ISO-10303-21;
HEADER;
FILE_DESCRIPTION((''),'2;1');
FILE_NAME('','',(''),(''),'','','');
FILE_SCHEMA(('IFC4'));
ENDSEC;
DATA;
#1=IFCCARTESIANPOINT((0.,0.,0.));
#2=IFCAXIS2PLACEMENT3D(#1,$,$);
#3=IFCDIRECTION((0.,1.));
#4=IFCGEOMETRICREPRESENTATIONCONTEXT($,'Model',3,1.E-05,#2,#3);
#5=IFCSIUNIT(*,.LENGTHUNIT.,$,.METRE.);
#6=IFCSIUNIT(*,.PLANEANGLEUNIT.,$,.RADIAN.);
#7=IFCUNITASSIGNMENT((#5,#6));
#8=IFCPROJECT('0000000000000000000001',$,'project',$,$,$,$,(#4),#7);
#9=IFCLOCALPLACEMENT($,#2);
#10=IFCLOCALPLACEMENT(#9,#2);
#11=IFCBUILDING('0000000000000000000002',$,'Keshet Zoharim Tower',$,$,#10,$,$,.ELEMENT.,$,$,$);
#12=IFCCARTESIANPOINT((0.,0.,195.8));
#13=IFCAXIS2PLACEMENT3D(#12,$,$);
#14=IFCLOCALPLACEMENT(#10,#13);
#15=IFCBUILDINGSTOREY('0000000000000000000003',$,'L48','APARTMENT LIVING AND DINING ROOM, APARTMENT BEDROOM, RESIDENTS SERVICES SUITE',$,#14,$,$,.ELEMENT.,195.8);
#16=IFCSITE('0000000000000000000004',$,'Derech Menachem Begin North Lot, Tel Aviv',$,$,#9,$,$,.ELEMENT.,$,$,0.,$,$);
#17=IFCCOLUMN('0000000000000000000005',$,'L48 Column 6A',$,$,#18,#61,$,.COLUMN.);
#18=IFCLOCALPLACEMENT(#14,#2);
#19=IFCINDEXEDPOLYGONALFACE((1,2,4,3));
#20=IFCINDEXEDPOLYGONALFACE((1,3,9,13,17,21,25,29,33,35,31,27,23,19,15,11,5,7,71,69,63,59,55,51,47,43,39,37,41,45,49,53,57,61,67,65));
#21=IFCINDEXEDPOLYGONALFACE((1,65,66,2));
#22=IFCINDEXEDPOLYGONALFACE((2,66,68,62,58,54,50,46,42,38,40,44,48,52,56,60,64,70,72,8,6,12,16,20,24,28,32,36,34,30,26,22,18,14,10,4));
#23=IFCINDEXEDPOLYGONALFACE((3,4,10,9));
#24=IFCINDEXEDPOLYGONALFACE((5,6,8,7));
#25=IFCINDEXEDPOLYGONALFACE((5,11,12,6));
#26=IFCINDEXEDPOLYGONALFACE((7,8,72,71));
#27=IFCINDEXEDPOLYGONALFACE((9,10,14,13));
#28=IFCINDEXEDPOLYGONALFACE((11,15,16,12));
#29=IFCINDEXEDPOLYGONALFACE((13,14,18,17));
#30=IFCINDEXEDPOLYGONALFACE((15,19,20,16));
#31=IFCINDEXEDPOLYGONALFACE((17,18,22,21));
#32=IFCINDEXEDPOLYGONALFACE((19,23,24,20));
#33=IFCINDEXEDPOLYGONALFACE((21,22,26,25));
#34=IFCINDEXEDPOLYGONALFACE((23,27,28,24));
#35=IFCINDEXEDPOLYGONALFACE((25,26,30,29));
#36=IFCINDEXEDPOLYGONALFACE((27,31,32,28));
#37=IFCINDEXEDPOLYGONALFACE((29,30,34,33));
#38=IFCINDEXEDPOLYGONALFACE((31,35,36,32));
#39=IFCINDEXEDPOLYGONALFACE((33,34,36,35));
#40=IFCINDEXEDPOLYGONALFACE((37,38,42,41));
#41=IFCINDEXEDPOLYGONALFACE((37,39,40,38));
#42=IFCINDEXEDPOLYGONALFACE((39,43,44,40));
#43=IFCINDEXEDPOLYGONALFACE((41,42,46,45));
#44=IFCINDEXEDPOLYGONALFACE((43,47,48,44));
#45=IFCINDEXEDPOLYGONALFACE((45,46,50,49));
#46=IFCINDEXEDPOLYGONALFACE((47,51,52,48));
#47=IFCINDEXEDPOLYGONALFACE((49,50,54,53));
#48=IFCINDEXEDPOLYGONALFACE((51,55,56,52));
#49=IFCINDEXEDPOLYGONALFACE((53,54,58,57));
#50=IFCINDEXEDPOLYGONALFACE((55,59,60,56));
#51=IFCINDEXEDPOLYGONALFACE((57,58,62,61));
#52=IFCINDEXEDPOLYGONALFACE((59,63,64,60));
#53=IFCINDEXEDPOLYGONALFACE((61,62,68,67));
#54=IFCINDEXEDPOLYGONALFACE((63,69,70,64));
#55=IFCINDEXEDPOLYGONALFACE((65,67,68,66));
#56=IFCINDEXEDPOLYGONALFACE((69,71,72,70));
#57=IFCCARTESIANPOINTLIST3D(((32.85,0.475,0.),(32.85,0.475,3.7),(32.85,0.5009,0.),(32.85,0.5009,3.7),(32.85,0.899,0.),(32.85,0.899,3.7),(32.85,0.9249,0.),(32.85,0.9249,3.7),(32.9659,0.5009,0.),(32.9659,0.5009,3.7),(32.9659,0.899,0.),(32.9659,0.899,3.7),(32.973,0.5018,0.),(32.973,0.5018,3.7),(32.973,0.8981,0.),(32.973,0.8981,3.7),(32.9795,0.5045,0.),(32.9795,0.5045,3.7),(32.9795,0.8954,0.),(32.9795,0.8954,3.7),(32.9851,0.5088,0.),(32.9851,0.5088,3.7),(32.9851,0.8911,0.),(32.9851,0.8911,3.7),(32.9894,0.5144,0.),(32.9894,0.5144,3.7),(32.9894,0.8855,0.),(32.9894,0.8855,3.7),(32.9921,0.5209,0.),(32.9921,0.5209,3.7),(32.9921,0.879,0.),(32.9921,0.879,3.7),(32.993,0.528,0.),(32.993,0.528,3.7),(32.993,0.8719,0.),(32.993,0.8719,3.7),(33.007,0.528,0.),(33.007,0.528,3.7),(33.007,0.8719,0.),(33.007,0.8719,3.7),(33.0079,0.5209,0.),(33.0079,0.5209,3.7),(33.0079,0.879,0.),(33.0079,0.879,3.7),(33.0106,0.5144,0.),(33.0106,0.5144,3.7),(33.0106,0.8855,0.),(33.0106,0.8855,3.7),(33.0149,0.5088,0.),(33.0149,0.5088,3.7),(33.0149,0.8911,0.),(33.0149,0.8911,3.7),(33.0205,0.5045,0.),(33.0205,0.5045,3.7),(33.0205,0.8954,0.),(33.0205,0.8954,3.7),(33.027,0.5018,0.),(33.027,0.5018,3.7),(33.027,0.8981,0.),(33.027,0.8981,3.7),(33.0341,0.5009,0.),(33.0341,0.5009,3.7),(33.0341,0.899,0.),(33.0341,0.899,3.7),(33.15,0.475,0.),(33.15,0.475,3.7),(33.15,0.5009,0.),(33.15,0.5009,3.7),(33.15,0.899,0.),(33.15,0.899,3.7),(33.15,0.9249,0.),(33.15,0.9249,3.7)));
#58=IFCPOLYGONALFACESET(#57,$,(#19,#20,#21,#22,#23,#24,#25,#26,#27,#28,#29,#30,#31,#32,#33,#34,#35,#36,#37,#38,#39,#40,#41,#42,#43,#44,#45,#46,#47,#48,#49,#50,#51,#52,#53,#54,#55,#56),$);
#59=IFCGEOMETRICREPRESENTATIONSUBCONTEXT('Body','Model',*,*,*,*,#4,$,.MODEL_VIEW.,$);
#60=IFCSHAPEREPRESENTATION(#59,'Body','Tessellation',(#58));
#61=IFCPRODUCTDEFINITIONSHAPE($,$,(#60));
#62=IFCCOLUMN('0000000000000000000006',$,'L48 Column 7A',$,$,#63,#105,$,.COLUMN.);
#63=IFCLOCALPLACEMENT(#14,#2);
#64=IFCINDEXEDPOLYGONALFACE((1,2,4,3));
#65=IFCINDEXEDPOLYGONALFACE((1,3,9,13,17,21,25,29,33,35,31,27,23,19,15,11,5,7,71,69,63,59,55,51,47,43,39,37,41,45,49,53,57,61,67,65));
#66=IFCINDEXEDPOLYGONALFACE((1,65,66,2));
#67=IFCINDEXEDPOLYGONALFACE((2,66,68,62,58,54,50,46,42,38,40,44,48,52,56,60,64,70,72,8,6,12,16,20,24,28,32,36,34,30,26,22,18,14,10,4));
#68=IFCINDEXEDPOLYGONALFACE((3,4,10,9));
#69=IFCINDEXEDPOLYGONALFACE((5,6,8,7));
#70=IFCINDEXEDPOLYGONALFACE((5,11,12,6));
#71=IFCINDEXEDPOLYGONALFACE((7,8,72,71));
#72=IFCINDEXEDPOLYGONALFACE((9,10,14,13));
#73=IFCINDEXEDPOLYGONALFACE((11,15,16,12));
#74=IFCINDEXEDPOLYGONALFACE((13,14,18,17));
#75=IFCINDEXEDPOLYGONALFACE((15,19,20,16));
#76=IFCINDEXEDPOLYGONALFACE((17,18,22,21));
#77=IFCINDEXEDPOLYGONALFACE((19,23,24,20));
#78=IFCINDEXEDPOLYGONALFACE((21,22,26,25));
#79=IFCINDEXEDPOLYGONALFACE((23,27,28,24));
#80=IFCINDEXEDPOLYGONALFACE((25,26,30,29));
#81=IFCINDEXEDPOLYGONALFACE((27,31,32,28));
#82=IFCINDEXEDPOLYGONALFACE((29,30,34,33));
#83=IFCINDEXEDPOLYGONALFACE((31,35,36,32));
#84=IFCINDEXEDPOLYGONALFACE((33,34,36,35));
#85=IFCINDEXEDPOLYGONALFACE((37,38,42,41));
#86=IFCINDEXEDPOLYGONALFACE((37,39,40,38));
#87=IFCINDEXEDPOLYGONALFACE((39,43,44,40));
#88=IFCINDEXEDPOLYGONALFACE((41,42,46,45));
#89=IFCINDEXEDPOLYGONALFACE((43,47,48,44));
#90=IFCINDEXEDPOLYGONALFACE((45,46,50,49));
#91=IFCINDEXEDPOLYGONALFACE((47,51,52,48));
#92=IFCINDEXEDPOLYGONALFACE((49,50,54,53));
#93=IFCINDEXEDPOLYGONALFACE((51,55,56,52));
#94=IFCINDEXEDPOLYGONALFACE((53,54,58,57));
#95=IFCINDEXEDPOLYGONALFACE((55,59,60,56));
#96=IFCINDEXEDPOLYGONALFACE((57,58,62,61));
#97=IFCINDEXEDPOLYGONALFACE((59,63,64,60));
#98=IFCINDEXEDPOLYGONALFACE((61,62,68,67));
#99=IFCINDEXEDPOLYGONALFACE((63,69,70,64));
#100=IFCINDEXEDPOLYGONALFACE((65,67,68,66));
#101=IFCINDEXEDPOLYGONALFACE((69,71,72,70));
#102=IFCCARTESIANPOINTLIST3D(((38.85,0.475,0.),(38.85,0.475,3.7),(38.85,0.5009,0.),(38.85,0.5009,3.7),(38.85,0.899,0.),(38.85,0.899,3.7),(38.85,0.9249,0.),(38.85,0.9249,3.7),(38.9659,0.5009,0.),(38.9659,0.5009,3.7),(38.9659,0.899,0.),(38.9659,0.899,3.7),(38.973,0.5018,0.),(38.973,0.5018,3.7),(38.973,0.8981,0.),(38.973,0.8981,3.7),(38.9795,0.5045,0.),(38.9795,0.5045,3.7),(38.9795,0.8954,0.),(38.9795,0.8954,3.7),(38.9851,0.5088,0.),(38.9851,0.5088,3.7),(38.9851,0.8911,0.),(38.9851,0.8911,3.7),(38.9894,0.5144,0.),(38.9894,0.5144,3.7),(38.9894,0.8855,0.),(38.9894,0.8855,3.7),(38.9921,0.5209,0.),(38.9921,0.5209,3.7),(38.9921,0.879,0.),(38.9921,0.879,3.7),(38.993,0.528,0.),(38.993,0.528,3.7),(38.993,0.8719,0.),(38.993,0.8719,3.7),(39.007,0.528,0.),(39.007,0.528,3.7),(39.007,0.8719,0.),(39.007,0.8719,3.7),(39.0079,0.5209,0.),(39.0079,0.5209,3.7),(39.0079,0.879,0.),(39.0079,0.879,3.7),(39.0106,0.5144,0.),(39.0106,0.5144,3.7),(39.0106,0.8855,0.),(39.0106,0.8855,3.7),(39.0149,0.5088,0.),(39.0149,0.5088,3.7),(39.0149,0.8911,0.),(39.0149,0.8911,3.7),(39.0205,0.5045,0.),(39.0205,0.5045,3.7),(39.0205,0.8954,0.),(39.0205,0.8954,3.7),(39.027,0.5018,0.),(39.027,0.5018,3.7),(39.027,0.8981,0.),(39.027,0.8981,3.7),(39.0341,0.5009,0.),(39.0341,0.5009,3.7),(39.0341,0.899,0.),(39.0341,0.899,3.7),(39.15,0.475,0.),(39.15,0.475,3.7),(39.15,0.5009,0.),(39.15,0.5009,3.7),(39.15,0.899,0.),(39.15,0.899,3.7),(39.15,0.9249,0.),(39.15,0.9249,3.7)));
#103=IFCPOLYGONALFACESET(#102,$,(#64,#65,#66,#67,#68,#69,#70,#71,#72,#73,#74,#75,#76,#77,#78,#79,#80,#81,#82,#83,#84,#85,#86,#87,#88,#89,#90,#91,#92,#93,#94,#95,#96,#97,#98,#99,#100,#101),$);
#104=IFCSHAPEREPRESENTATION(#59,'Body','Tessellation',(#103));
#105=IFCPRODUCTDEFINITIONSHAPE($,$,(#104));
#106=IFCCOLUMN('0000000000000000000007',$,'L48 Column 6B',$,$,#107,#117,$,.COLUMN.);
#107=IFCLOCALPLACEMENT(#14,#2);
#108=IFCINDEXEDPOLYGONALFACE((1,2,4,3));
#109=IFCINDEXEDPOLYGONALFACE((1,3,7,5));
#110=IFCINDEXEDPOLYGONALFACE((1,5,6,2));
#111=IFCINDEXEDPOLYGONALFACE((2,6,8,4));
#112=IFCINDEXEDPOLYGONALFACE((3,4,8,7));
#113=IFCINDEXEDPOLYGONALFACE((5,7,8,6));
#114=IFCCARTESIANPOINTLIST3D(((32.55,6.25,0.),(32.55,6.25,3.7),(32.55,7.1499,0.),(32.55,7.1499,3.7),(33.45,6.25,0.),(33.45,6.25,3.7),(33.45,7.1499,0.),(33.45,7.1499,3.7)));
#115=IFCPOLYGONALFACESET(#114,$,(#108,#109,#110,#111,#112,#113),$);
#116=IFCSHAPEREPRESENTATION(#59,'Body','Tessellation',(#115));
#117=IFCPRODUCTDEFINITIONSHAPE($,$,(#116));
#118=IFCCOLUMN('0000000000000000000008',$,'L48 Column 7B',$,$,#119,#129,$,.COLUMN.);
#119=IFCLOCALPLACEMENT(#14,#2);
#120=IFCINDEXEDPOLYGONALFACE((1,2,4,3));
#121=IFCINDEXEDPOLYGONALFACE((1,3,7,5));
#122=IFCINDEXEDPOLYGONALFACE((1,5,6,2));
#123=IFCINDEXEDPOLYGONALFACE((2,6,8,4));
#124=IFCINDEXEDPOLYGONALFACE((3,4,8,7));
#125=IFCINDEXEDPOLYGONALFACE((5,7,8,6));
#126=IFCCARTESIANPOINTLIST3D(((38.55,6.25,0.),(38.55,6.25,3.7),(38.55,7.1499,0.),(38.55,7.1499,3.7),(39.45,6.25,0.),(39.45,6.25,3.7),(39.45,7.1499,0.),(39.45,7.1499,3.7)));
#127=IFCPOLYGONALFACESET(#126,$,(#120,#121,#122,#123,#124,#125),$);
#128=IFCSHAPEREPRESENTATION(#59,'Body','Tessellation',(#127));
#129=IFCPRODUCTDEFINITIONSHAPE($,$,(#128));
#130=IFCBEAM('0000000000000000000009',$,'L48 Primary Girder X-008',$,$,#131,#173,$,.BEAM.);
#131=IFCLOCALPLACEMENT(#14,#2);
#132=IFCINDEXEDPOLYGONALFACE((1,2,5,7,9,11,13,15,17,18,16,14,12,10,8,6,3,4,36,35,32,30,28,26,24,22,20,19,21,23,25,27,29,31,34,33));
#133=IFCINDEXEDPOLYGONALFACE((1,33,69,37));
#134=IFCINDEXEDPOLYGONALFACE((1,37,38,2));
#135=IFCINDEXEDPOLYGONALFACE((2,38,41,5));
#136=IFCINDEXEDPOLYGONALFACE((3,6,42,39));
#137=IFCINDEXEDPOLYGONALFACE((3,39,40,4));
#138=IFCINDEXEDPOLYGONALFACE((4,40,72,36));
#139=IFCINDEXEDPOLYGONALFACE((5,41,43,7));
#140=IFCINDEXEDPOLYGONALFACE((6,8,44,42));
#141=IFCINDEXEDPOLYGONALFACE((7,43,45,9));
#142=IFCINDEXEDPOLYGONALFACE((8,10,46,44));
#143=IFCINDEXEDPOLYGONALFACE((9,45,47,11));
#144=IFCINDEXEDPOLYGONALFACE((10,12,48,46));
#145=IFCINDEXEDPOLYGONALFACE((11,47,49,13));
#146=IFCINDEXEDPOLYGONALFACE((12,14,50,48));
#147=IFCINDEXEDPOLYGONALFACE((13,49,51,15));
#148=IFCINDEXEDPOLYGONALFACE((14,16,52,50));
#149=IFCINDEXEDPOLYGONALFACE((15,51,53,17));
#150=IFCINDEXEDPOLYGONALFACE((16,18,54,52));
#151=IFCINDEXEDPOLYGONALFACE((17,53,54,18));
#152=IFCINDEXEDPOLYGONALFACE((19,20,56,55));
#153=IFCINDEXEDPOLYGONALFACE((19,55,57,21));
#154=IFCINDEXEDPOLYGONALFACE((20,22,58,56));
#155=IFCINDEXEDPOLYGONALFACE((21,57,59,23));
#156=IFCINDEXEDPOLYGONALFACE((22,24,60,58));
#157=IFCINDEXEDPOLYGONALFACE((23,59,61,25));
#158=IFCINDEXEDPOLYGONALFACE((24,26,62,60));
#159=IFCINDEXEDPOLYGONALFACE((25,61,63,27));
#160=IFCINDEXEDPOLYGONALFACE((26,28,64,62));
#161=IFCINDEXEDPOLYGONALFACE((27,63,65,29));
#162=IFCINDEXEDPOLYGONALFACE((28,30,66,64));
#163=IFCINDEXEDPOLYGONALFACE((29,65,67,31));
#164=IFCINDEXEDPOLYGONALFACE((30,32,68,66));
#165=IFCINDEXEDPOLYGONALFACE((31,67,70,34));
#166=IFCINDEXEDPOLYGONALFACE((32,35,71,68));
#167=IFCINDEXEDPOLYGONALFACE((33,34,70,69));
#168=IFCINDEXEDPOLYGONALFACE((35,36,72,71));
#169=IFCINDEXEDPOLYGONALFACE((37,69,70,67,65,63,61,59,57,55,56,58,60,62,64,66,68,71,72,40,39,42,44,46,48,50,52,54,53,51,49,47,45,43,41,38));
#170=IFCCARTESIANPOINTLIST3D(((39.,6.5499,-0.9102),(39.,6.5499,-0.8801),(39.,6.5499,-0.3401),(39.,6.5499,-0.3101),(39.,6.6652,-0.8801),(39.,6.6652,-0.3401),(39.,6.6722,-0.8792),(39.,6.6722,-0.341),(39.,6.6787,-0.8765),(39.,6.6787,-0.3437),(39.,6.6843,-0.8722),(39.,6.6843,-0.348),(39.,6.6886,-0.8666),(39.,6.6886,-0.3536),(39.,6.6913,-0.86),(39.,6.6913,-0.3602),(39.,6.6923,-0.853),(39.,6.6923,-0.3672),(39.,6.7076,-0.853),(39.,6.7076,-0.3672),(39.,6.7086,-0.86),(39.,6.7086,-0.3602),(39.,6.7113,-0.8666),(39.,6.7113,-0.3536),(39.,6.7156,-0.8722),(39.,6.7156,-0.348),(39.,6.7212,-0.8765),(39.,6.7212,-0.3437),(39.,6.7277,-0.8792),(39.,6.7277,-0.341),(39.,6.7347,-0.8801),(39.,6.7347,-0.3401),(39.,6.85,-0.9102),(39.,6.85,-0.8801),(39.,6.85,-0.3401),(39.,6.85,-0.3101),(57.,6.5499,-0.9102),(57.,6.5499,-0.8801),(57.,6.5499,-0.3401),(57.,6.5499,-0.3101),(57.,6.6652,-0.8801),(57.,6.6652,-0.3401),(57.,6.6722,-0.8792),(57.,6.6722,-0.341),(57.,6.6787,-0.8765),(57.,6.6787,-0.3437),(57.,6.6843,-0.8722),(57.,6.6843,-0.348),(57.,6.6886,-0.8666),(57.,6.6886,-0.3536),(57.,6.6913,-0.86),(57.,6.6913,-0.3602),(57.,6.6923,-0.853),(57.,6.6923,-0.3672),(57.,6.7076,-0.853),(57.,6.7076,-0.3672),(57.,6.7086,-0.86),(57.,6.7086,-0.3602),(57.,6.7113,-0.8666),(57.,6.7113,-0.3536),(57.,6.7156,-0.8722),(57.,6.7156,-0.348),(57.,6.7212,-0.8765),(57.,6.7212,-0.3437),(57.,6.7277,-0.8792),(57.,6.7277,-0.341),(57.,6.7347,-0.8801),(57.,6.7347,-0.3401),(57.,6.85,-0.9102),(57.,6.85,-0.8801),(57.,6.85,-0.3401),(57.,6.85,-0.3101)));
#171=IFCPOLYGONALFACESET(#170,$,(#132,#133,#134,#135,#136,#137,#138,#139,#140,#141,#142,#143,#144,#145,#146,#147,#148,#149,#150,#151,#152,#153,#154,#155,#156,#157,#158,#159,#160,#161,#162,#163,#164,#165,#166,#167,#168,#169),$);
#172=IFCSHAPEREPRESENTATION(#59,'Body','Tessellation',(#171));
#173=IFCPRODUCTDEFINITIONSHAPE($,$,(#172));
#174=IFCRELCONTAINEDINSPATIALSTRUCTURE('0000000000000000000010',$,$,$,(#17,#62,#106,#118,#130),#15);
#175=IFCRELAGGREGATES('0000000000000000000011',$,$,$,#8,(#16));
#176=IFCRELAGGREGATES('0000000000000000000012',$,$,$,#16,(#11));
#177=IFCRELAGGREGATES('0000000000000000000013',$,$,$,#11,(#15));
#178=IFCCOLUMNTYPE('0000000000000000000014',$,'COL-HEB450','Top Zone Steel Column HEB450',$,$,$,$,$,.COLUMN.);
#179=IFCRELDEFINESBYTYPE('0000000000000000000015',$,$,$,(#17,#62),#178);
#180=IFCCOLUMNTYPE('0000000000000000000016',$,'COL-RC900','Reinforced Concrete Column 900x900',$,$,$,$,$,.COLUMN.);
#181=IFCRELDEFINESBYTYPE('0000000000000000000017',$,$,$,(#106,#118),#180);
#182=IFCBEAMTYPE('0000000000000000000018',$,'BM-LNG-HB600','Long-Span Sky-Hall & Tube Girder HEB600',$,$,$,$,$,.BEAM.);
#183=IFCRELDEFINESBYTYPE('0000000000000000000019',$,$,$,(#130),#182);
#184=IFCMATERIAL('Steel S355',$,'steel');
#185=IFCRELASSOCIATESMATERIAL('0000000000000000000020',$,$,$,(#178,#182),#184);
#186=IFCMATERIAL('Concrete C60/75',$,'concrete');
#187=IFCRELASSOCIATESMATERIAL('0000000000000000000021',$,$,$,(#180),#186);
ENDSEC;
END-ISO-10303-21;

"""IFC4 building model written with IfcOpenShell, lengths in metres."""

from ifc_helpers import new_model, si_unit, direction, frame, origin, origin_2d, place, context, subcontext, project, spatial, rectangle, i_section, extrude, material, material_profile, profile_set, type_object, element, save


model = new_model("IFC4")

# Units and contexts
model_context = context("Model", 3, precision=1e-05, world=origin(), true_north=direction((0.0, 1.0)))
body_context = subcontext(model_context, "Body", "Model", "MODEL_VIEW")
ifc_project = project(units=[si_unit("LENGTHUNIT", "METRE"), si_unit("PLANEANGLEUNIT", "RADIAN")], contexts=[model_context])

# Site, building, storey
site_placement = place(None, origin())
site = spatial("IfcSite", under=ifc_project, at=site_placement, Name="Derech Menachem Begin North Lot, Tel Aviv", CompositionType="ELEMENT", RefElevation=0.0)
building_placement = place(site_placement, origin())
building = spatial("IfcBuilding", under=site, at=building_placement, Name="Keshet Zoharim Tower", CompositionType="ELEMENT")
storey_placement = place(building_placement, frame((0.0, 0.0, 195.8)))
storey = spatial("IfcBuildingStorey", under=building, at=storey_placement, Name="L48", Description="APARTMENT LIVING AND DINING ROOM, APARTMENT BEDROOM, RESIDENTS SERVICES SUITE", CompositionType="ELEMENT", Elevation=195.8)

# Columns
ifc_material_1 = material(Name="Steel S355", Category="steel")
ifc_material_profile_1 = material_profile(ifc_material_1, i_section(OverallWidth=0.3, OverallDepth=0.45, WebThickness=0.0139, FlangeThickness=0.0259, FilletRadius=0.0271, at=origin_2d()), Name="HEB450")
ifc_profile_set_1 = profile_set([ifc_material_profile_1], Name="Steel S355")
column_type_1 = type_object("IfcColumnType", Name="COL-HEB450", Description="Top Zone Steel Column HEB450", PredefinedType="COLUMN", material=ifc_profile_set_1)
for number, where, z_axis, x_axis, name in (
    (1, (33.0, 0.7, 0.0), (0.0, 0.0, 1.0), (1.0, 0.0, 0.0), "L48 Column 6A"),
    (2, (39.0, 0.7, 0.0), (0.0, 0.0, 1.0), (1.0, 0.0, 0.0), "L48 Column 7A"),
):
    element("IfcColumn", number, at=place(storey_placement, frame(where, z_axis=z_axis, x_axis=x_axis)), inside=storey, type_object=column_type_1, Name=name, PredefinedType="COLUMN", context=body_context, shape_type="SweptSolid", body=[
        extrude(i_section(OverallWidth=0.3, OverallDepth=0.45, WebThickness=0.0139, FlangeThickness=0.0259, FilletRadius=0.0271, at=origin_2d()), origin(), (0.0, 0.0, 1.0), 3.7),
    ])
ifc_material_2 = material(Name="Concrete C60/75", Category="concrete")
ifc_material_profile_2 = material_profile(ifc_material_2, rectangle(XDim=0.8999, YDim=0.8999, at=origin_2d()), Name="RC900x900")
ifc_profile_set_2 = profile_set([ifc_material_profile_2], Name="Concrete C60/75")
column_type_2 = type_object("IfcColumnType", Name="COL-RC900", Description="Reinforced Concrete Column 900x900", PredefinedType="COLUMN", material=ifc_profile_set_2)
for number, where, z_axis, x_axis, name in (
    (3, (33.0, 6.7, 0.0), (0.0, 0.0, 1.0), (1.0, 0.0, 0.0), "L48 Column 6B"),
    (4, (39.0, 6.7, 0.0), (0.0, 0.0, 1.0), (1.0, 0.0, 0.0), "L48 Column 7B"),
):
    element("IfcColumn", number, at=place(storey_placement, frame(where, z_axis=z_axis, x_axis=x_axis)), inside=storey, type_object=column_type_2, Name=name, PredefinedType="COLUMN", context=body_context, shape_type="SweptSolid", body=[
        extrude(rectangle(XDim=0.8999, YDim=0.8999, at=origin_2d()), origin(), (0.0, 0.0, 1.0), 3.7),
    ])

# Beam
ifc_material_profile_3 = material_profile(ifc_material_1, i_section(OverallWidth=0.3, OverallDepth=0.6001, WebThickness=0.0154, FlangeThickness=0.03, FilletRadius=0.0271, at=origin_2d()), Name="HEB600")
ifc_profile_set_3 = profile_set([ifc_material_profile_3], Name="Steel S355")
beam_type_1 = type_object("IfcBeamType", Name="BM-LNG-HB600", Description="Long-Span Sky-Hall & Tube Girder HEB600", PredefinedType="BEAM", material=ifc_profile_set_3)
beam_placement = place(storey_placement, frame((39.0, 6.7, -0.6101), z_axis=(1.0, 0.0, 0.0), x_axis=(0.0, 1.0, 0.0)))
element("IfcBeam", 5, at=beam_placement, inside=storey, type_object=beam_type_1, Name="L48 Primary Girder X-008", PredefinedType="BEAM", context=body_context, shape_type="SweptSolid", body=[
    extrude(i_section(OverallWidth=0.3, OverallDepth=0.6001, WebThickness=0.0154, FlangeThickness=0.03, FilletRadius=0.0271, at=origin_2d()), origin(), (0.0, 0.0, 1.0), 18.0),
])

save(model, "model.ifc")
